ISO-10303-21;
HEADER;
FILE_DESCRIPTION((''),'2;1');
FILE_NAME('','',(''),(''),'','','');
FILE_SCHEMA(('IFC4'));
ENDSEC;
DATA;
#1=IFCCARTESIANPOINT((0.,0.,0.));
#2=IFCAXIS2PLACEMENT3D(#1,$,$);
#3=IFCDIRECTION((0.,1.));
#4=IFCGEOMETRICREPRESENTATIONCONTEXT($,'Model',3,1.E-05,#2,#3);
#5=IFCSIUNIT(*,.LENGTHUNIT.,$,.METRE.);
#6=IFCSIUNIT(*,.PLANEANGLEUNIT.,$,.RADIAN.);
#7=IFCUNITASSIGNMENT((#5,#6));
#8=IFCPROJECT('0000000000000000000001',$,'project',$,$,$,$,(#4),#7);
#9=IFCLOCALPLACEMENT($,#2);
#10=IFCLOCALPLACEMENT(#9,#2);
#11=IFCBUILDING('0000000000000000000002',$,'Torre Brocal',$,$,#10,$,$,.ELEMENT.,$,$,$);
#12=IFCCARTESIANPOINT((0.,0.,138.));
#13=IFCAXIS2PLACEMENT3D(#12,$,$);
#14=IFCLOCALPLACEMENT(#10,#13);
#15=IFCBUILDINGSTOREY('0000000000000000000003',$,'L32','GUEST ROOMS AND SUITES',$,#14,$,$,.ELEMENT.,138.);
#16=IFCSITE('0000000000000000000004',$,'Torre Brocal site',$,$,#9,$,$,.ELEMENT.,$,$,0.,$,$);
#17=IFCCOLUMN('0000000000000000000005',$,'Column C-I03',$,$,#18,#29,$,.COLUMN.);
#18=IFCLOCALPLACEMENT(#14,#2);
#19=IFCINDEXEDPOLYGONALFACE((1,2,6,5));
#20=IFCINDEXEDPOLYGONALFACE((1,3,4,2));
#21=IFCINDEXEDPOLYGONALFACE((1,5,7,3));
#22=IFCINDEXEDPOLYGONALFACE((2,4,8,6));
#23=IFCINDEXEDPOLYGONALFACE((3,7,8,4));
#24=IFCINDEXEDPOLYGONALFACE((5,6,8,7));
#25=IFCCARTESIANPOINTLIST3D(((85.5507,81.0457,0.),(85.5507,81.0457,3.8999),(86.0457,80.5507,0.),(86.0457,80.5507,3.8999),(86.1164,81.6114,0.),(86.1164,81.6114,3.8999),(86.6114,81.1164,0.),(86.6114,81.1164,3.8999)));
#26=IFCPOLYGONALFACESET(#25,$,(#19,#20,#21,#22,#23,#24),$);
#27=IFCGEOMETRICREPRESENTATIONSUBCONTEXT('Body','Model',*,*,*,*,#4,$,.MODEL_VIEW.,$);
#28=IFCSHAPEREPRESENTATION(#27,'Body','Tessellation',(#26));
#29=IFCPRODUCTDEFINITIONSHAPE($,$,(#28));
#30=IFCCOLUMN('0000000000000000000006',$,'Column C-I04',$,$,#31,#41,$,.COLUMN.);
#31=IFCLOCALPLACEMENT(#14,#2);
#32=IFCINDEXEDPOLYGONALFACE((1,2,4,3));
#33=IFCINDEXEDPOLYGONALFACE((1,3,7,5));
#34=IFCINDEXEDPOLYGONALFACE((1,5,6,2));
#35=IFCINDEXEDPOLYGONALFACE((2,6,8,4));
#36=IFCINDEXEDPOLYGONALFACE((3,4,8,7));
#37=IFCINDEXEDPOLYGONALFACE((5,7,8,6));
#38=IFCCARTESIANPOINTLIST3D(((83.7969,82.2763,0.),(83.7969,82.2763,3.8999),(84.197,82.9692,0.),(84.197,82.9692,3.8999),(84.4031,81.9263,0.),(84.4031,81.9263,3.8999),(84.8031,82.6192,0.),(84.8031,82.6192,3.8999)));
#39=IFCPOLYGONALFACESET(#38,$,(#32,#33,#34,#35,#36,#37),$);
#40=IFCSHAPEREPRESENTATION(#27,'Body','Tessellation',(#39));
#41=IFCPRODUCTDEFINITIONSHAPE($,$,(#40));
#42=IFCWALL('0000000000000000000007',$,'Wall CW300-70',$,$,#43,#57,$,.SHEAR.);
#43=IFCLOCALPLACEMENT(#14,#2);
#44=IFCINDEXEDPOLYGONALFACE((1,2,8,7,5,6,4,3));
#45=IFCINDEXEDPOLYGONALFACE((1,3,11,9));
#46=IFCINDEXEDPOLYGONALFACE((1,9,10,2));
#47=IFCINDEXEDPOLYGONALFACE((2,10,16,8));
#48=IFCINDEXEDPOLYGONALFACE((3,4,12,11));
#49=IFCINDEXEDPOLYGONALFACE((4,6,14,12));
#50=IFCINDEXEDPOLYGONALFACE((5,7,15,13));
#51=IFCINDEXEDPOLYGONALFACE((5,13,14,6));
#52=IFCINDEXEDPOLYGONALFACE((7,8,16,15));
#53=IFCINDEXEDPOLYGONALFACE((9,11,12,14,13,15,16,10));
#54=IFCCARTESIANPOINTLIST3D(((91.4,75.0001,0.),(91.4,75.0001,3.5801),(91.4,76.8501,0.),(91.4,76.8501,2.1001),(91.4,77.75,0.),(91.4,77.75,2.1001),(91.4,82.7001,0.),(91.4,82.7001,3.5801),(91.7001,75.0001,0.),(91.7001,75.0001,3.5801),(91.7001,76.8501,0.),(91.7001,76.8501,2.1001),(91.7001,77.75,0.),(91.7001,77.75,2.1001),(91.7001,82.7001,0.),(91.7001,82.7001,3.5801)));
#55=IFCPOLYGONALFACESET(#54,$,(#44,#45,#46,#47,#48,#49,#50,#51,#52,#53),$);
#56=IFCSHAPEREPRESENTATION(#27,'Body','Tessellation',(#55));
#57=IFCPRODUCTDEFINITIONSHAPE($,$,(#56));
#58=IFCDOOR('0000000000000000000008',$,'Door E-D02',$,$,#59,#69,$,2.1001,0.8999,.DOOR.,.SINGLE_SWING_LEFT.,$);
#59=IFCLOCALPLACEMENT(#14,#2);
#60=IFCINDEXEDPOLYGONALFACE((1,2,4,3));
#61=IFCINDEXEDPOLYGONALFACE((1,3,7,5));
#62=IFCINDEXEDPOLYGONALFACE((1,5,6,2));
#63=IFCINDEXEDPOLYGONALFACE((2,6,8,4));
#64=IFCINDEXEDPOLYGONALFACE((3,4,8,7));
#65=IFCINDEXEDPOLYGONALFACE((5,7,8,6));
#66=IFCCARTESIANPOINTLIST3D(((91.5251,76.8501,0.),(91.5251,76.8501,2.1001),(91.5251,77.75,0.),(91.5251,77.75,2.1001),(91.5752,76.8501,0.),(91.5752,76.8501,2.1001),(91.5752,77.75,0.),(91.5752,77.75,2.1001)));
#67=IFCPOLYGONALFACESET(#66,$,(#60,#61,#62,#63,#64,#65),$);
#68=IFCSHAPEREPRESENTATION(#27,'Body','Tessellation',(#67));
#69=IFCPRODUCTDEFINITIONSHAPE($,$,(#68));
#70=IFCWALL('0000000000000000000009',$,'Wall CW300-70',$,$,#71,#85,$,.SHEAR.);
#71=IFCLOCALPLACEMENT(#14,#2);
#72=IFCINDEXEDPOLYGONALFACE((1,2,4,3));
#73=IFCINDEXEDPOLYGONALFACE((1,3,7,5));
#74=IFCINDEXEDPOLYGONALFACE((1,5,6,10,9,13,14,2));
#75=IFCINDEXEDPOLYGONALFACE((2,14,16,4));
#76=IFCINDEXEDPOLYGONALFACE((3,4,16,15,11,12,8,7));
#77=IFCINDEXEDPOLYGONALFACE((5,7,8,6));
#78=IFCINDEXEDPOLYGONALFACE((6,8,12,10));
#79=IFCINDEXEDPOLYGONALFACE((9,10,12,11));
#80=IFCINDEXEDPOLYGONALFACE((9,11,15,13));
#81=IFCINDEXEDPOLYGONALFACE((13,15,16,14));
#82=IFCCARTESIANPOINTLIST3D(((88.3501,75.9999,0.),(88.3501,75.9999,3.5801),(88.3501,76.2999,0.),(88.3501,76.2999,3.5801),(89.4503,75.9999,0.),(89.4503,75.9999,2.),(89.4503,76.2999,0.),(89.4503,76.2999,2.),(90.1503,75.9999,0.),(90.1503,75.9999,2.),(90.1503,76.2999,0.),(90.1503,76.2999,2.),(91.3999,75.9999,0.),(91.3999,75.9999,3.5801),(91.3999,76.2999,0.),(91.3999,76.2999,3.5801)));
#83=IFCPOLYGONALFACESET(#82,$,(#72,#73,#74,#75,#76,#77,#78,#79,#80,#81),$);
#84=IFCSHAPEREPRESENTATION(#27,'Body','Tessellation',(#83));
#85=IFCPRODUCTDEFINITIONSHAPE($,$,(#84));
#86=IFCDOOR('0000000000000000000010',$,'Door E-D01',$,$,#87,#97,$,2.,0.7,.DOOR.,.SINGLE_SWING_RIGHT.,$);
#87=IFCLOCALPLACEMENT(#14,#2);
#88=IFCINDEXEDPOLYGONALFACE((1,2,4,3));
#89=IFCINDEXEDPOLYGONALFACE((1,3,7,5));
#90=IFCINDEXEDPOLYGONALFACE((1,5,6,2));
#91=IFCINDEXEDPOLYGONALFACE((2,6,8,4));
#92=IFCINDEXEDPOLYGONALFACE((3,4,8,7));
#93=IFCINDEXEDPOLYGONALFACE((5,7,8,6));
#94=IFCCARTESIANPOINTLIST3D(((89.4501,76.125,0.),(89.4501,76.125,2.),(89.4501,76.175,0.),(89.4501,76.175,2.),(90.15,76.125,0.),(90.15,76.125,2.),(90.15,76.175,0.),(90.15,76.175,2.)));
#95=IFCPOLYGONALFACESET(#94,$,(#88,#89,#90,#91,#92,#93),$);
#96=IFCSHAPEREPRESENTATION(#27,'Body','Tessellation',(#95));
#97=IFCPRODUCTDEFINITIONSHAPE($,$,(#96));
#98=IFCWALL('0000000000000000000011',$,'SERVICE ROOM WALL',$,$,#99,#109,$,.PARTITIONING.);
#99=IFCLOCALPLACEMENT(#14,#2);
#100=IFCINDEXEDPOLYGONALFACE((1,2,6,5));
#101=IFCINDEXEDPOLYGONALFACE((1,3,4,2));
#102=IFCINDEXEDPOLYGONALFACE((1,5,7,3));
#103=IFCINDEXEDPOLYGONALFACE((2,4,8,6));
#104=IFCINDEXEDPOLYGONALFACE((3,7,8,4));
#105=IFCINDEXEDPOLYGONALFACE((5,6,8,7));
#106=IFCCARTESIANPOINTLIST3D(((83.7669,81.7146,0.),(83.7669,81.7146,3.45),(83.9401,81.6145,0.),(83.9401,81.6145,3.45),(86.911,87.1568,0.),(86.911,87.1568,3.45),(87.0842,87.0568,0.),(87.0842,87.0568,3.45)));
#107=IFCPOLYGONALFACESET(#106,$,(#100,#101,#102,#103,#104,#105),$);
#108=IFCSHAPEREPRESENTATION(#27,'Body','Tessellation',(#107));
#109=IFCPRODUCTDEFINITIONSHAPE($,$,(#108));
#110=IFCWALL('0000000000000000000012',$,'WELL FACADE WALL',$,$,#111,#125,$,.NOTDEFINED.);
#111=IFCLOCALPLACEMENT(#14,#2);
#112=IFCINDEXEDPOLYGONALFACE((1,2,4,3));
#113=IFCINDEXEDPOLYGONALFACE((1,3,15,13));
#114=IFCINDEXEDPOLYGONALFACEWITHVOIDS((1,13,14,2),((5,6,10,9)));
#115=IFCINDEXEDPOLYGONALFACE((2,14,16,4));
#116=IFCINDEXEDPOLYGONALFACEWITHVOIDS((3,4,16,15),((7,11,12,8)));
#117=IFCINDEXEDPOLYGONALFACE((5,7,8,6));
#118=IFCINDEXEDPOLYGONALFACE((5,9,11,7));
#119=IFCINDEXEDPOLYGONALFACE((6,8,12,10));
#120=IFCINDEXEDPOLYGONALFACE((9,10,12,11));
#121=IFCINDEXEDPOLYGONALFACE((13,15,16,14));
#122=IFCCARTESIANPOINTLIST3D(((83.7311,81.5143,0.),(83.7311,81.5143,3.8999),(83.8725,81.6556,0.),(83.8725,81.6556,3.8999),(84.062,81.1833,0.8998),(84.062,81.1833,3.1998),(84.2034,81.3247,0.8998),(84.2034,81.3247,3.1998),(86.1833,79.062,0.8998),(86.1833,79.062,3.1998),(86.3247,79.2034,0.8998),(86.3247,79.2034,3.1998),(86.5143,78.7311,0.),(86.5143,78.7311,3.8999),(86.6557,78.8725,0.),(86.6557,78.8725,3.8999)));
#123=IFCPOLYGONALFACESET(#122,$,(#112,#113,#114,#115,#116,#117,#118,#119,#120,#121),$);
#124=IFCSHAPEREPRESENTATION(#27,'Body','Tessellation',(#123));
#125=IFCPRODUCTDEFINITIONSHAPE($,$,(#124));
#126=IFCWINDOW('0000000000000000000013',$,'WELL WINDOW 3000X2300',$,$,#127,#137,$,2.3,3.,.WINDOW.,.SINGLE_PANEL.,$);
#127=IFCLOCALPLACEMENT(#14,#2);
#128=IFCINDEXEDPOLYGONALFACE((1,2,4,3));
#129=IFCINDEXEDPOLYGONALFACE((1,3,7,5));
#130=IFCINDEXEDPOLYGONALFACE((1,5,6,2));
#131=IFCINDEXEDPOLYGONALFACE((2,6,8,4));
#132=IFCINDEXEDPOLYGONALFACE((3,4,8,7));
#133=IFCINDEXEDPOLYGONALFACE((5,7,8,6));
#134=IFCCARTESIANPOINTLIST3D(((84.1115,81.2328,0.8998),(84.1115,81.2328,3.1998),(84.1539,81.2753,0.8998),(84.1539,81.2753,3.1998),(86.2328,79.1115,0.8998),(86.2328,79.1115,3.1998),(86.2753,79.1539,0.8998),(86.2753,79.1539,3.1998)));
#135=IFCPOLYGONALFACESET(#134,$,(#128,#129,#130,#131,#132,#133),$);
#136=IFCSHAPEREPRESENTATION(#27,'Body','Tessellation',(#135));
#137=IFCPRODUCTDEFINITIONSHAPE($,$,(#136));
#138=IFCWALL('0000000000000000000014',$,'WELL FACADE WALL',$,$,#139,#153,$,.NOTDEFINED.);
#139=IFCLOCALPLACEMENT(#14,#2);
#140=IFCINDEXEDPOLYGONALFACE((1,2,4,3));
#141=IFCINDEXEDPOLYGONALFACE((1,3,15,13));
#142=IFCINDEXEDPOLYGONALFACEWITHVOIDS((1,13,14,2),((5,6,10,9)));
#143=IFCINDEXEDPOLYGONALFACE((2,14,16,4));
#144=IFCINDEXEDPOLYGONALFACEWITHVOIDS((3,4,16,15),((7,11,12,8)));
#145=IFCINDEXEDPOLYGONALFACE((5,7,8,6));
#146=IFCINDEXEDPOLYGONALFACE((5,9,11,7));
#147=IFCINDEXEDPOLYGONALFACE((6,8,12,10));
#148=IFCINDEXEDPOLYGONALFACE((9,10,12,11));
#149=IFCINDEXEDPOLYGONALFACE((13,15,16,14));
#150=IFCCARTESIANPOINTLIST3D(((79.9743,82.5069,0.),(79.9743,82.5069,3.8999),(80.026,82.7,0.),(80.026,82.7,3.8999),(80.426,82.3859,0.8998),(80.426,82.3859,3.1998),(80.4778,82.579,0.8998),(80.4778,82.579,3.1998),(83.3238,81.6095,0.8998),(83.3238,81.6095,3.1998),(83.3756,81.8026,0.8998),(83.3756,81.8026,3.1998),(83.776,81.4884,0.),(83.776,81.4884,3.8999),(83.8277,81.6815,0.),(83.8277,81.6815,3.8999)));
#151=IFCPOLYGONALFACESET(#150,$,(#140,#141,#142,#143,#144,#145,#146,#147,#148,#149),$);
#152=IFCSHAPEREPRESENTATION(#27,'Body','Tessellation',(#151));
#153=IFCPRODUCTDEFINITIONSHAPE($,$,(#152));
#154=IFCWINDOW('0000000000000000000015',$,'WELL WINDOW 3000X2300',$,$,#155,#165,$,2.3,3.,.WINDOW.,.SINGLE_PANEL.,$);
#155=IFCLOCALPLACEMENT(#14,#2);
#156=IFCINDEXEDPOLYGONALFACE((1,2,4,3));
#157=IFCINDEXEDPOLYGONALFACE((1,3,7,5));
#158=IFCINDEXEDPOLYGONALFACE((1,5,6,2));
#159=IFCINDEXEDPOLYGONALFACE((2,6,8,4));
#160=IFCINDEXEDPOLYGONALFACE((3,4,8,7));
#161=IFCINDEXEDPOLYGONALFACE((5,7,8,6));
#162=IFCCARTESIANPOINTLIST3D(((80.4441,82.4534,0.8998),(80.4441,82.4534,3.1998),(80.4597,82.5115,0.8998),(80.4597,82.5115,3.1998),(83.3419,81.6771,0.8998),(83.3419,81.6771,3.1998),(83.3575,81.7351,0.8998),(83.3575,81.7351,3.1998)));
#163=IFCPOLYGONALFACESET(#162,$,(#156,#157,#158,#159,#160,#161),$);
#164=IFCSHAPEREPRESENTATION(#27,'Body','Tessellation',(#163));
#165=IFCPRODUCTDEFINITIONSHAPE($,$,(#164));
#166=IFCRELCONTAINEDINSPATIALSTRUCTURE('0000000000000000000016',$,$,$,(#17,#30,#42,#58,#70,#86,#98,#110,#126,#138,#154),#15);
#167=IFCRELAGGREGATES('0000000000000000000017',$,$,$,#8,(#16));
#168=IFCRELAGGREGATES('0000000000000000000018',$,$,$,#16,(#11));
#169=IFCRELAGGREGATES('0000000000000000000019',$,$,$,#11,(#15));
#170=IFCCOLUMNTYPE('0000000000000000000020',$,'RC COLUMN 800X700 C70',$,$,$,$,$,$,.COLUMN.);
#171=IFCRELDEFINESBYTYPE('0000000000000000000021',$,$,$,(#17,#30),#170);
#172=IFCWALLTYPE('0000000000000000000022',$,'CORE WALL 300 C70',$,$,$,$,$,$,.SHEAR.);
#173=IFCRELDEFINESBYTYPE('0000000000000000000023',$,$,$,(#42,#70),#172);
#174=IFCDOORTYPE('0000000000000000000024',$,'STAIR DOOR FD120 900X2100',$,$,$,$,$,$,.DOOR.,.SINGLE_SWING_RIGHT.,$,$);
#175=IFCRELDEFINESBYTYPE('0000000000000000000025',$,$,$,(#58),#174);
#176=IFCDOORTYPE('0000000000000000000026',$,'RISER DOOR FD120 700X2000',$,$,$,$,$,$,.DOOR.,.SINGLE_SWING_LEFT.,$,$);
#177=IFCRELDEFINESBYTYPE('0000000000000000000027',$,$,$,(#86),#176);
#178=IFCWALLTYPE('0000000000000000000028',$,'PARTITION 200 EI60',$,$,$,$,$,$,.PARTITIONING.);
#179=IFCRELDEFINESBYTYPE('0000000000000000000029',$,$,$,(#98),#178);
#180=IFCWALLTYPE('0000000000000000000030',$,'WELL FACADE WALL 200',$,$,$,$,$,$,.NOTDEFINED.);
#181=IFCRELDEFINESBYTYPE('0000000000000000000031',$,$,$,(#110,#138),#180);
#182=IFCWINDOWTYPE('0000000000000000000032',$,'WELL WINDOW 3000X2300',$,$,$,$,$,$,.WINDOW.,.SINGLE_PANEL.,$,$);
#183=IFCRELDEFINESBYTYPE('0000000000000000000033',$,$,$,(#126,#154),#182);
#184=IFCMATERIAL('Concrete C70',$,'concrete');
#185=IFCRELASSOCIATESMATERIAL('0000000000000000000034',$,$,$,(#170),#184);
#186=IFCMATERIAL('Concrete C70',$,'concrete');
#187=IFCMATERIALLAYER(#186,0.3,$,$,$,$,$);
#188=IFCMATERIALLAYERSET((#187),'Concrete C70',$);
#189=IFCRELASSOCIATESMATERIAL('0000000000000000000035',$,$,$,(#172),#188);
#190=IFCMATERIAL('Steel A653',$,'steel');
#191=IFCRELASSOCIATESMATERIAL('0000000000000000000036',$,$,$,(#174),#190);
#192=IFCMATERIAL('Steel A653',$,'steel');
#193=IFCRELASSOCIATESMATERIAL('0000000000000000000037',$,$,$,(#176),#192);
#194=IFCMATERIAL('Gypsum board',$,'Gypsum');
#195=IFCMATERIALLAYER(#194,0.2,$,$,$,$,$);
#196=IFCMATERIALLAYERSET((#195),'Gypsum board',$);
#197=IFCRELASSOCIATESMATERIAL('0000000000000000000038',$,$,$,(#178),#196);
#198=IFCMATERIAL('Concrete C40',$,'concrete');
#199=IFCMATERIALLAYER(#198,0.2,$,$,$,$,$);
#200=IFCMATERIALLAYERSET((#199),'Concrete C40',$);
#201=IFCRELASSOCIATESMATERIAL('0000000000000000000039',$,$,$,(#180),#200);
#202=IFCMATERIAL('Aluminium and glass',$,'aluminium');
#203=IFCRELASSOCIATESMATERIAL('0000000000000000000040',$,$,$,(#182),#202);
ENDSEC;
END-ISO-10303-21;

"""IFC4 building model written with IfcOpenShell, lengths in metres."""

from ifc_helpers import new_model, si_unit, direction, frame, frame_2d, origin, origin_2d, place, context, subcontext, project, spatial, rectangle, extrude, material, layer, layer_set, material_profile, profile_set, type_object, element, fill, save


model = new_model("IFC4")

# Units and contexts
model_context = context("Model", 3, precision=1e-05, world=origin(), true_north=direction((0.0, 1.0)))
body_context = subcontext(model_context, "Body", "Model", "MODEL_VIEW")
ifc_project = project(units=[si_unit("LENGTHUNIT", "METRE"), si_unit("PLANEANGLEUNIT", "RADIAN")], contexts=[model_context])

# Site, building, storey
site_placement = place(None, origin())
site = spatial("IfcSite", under=ifc_project, at=site_placement, Name="Torre Brocal site", CompositionType="ELEMENT", RefElevation=0.0)
building_placement = place(site_placement, origin())
building = spatial("IfcBuilding", under=site, at=building_placement, Name="Torre Brocal", CompositionType="ELEMENT")
storey_placement = place(building_placement, frame((0.0, 0.0, 138.0)))
storey = spatial("IfcBuildingStorey", under=building, at=storey_placement, Name="L32", Description="GUEST ROOMS AND SUITES", CompositionType="ELEMENT", Elevation=138.0)

# Columns
ifc_material_1 = material(Name="Concrete C70", Category="concrete")
ifc_material_profile = material_profile(ifc_material_1, rectangle(XDim=0.8, YDim=0.7, at=origin_2d()), Name="RC 800X700")
ifc_profile_set = profile_set([ifc_material_profile], Name="Concrete C70")
column_type = type_object("IfcColumnType", Name="RC COLUMN 800X700 C70", PredefinedType="COLUMN", material=ifc_profile_set)
for number, where, z_axis, x_axis, name in (
    (1, (86.0811, 81.0811, 0.0), (0.0, 0.0, 1.0), (0.707107, 0.707107, 0.0), "Column C-I03"),
    (2, (84.3, 82.4478, 0.0), (0.0, 0.0, 1.0), (0.5, 0.866025, 0.0), "Column C-I04"),
):
    element("IfcColumn", number, at=place(storey_placement, frame(where, z_axis=z_axis, x_axis=x_axis)), inside=storey, type_object=column_type, Name=name, PredefinedType="COLUMN", context=body_context, shape_type="SweptSolid", body=[
        extrude(rectangle(XDim=0.8, YDim=0.7, at=origin_2d()), origin(), (0.0, 0.0, 1.0), 3.8999),
    ])

# Walls, openings, doors
ifc_material_2 = material(Name="Concrete C70", Category="concrete")
ifc_layer_1 = layer(ifc_material_2, 0.3)
ifc_layer_set_1 = layer_set([ifc_layer_1], Name="Concrete C70")
wall_type_1 = type_object("IfcWallType", Name="CORE WALL 300 C70", PredefinedType="SHEAR", material=ifc_layer_set_1)
wall_1_placement = place(storey_placement, frame((91.55, 75.0, 0.0), z_axis=(0.0, 0.0, 1.0), x_axis=(0.0, 1.0, 0.0)))
wall_1 = element("IfcWall", 3, at=wall_1_placement, inside=storey, type_object=wall_type_1, Name="Wall CW300-70", PredefinedType="SHEAR", context=body_context, shape_type="SweptSolid", body=[
    extrude(rectangle(XDim=7.7, YDim=0.3, at=frame_2d((3.8501, 0.0))), origin(), (0.0, 0.0, 1.0), 3.5801),
])
opening_1_placement = place(wall_1_placement, frame((1.8501, 0.0, 0.0)))
opening_1 = element("IfcOpeningElement", 4, at=opening_1_placement, cuts=wall_1, PredefinedType="OPENING", context=body_context, shape_type="SweptSolid", body=[
    extrude(rectangle(XDim=0.8999, YDim=2.1001, at=frame_2d((0.45, 1.05))), frame((0.0, 0.1599, 0.0), z_axis=(0.0, -1.0, 0.0), x_axis=(1.0, 0.0, 0.0)), (0.0, 0.0, 1.0), 0.3201),
])
ifc_material_3 = material(Name="Steel A653", Category="steel")
door_type_1 = type_object("IfcDoorType", Name="STAIR DOOR FD120 900X2100", OperationType="SINGLE_SWING_RIGHT", PredefinedType="DOOR", material=ifc_material_3)
door_1_placement = place(opening_1_placement, origin())
door_1 = element("IfcDoor", 5, at=door_1_placement, inside=storey, type_object=door_type_1, Name="Door E-D02", OperationType="SINGLE_SWING_LEFT", OverallHeight=2.1001, OverallWidth=0.8999, PredefinedType="DOOR", context=body_context, shape_type="SweptSolid", body=[
    extrude(rectangle(XDim=0.8999, YDim=2.1001, at=frame_2d((0.45, 1.05))), frame((0.0, 0.0249, 0.0), z_axis=(0.0, -1.0, 0.0), x_axis=(1.0, 0.0, 0.0)), (0.0, 0.0, 1.0), 0.05),
])
fill(opening_1, door_1)
wall_2_placement = place(storey_placement, frame((88.3501, 76.1499, 0.0), z_axis=(0.0, 0.0, 1.0), x_axis=(1.0, 0.0, 0.0)))
wall_2 = element("IfcWall", 6, at=wall_2_placement, inside=storey, type_object=wall_type_1, Name="Wall CW300-70", PredefinedType="SHEAR", context=body_context, shape_type="SweptSolid", body=[
    extrude(rectangle(XDim=3.0498, YDim=0.3, at=frame_2d((1.5249, 0.0))), origin(), (0.0, 0.0, 1.0), 3.5801),
])
opening_2_placement = place(wall_2_placement, frame((1.1001, 0.0, 0.0)))
opening_2 = element("IfcOpeningElement", 7, at=opening_2_placement, cuts=wall_2, PredefinedType="OPENING", context=body_context, shape_type="SweptSolid", body=[
    extrude(rectangle(XDim=0.7, YDim=2.0, at=frame_2d((0.3501, 1.0))), frame((0.0, 0.1599, 0.0), z_axis=(0.0, -1.0, 0.0), x_axis=(1.0, 0.0, 0.0)), (0.0, 0.0, 1.0), 0.3201),
])
ifc_material_4 = material(Name="Steel A653", Category="steel")
door_type_2 = type_object("IfcDoorType", Name="RISER DOOR FD120 700X2000", OperationType="SINGLE_SWING_LEFT", PredefinedType="DOOR", material=ifc_material_4)
door_2_placement = place(opening_2_placement, frame((0.7, 0.0, 0.0), z_axis=(0.0, 0.0, 1.0), x_axis=(-1.0, 0.0, 0.0)))
door_2 = element("IfcDoor", 8, at=door_2_placement, inside=storey, type_object=door_type_2, Name="Door E-D01", OperationType="SINGLE_SWING_RIGHT", OverallHeight=2.0, OverallWidth=0.7, PredefinedType="DOOR", context=body_context, shape_type="SweptSolid", body=[
    extrude(rectangle(XDim=0.7, YDim=2.0, at=frame_2d((0.3501, 1.0))), frame((0.0, 0.0249, 0.0), z_axis=(0.0, -1.0, 0.0), x_axis=(1.0, 0.0, 0.0)), (0.0, 0.0, 1.0), 0.05),
])
fill(opening_2, door_2)

# Wall
ifc_material_5 = material(Name="Gypsum board", Category="Gypsum")
ifc_layer_2 = layer(ifc_material_5, 0.2)
ifc_layer_set_2 = layer_set([ifc_layer_2], Name="Gypsum board")
wall_type_2 = type_object("IfcWallType", Name="PARTITION 200 EI60", PredefinedType="PARTITIONING", material=ifc_layer_set_2)
wall_3_placement = place(storey_placement, frame((83.8535, 81.6646, 0.0), z_axis=(0.0, 0.0, 1.0), x_axis=(0.500241, 0.865886, 0.0)))
element("IfcWall", 9, at=wall_3_placement, inside=storey, type_object=wall_type_2, Name="SERVICE ROOM WALL", PredefinedType="PARTITIONING", context=body_context, shape_type="SweptSolid", body=[
    extrude(rectangle(XDim=6.2852, YDim=0.2, at=frame_2d((3.1426, 0.0))), origin(), (0.0, 0.0, 1.0), 3.45),
])

# Walls, openings, windows
ifc_material_6 = material(Name="Concrete C40", Category="concrete")
ifc_layer_3 = layer(ifc_material_6, 0.2)
ifc_layer_set_3 = layer_set([ifc_layer_3], Name="Concrete C40")
wall_type_3 = type_object("IfcWallType", Name="WELL FACADE WALL 200", PredefinedType="NOTDEFINED", material=ifc_layer_set_3)
wall_4_placement = place(storey_placement, frame((86.585, 78.8018, 0.0), z_axis=(0.0, 0.0, 1.0), x_axis=(-0.707107, 0.707107, 0.0)))
wall_4 = element("IfcWall", 10, at=wall_4_placement, inside=storey, type_object=wall_type_3, Name="WELL FACADE WALL", PredefinedType="NOTDEFINED", context=body_context, shape_type="SweptSolid", body=[
    extrude(rectangle(XDim=3.936, YDim=0.2, at=frame_2d((1.968, 0.0))), origin(), (0.0, 0.0, 1.0), 3.8999),
])
opening_3_placement = place(wall_4_placement, frame((0.468, 0.0, 0.8999)))
opening_3 = element("IfcOpeningElement", 11, at=opening_3_placement, cuts=wall_4, PredefinedType="OPENING", context=body_context, shape_type="SweptSolid", body=[
    extrude(rectangle(XDim=3.0, YDim=2.3, at=frame_2d((1.5, 1.1499))), frame((0.0, 0.1099, 0.0), z_axis=(0.0, -1.0, 0.0), x_axis=(1.0, 0.0, 0.0)), (0.0, 0.0, 1.0), 0.22),
])
ifc_material_7 = material(Name="Aluminium and glass", Category="aluminium")
window_type = type_object("IfcWindowType", Name="WELL WINDOW 3000X2300", PartitioningType="SINGLE_PANEL", PredefinedType="WINDOW", material=ifc_material_7)
window_1_placement = place(opening_3_placement, origin())
window_1 = element("IfcWindow", 12, at=window_1_placement, inside=storey, type_object=window_type, Name="WELL WINDOW 3000X2300", OverallHeight=2.3, OverallWidth=3.0, PartitioningType="SINGLE_PANEL", PredefinedType="WINDOW", context=body_context, shape_type="SweptSolid", body=[
    extrude(rectangle(XDim=3.0, YDim=2.3, at=frame_2d((1.5, 1.1499))), frame((0.0, 0.03, 0.0), z_axis=(0.0, -1.0, 0.0), x_axis=(1.0, 0.0, 0.0)), (0.0, 0.0, 1.0), 0.0601),
])
fill(opening_3, window_1)
wall_5_placement = place(storey_placement, frame((83.8018, 81.585, 0.0), z_axis=(0.0, 0.0, 1.0), x_axis=(-0.965934, 0.25879, 0.0)))
wall_5 = element("IfcWall", 13, at=wall_5_placement, inside=storey, type_object=wall_type_3, Name="WELL FACADE WALL", PredefinedType="NOTDEFINED", context=body_context, shape_type="SweptSolid", body=[
    extrude(rectangle(XDim=3.9358, YDim=0.2, at=frame_2d((1.9678, 0.0))), origin(), (0.0, 0.0, 1.0), 3.8999),
])
opening_4_placement = place(wall_5_placement, frame((0.468, 0.0, 0.8999)))
opening_4 = element("IfcOpeningElement", 14, at=opening_4_placement, cuts=wall_5, PredefinedType="OPENING", context=body_context, shape_type="SweptSolid", body=[
    extrude(rectangle(XDim=3.0, YDim=2.3, at=frame_2d((1.5, 1.1499))), frame((0.0, 0.1099, 0.0), z_axis=(0.0, -1.0, 0.0), x_axis=(1.0, 0.0, 0.0)), (0.0, 0.0, 1.0), 0.22),
])
window_2_placement = place(opening_4_placement, origin())
window_2 = element("IfcWindow", 15, at=window_2_placement, inside=storey, type_object=window_type, Name="WELL WINDOW 3000X2300", OverallHeight=2.3, OverallWidth=3.0, PartitioningType="SINGLE_PANEL", PredefinedType="WINDOW", context=body_context, shape_type="SweptSolid", body=[
    extrude(rectangle(XDim=3.0, YDim=2.3, at=frame_2d((1.5, 1.1499))), frame((0.0, 0.03, 0.0), z_axis=(0.0, -1.0, 0.0), x_axis=(1.0, 0.0, 0.0)), (0.0, 0.0, 1.0), 0.0601),
])
fill(opening_4, window_2)

save(model, "model.ifc")
